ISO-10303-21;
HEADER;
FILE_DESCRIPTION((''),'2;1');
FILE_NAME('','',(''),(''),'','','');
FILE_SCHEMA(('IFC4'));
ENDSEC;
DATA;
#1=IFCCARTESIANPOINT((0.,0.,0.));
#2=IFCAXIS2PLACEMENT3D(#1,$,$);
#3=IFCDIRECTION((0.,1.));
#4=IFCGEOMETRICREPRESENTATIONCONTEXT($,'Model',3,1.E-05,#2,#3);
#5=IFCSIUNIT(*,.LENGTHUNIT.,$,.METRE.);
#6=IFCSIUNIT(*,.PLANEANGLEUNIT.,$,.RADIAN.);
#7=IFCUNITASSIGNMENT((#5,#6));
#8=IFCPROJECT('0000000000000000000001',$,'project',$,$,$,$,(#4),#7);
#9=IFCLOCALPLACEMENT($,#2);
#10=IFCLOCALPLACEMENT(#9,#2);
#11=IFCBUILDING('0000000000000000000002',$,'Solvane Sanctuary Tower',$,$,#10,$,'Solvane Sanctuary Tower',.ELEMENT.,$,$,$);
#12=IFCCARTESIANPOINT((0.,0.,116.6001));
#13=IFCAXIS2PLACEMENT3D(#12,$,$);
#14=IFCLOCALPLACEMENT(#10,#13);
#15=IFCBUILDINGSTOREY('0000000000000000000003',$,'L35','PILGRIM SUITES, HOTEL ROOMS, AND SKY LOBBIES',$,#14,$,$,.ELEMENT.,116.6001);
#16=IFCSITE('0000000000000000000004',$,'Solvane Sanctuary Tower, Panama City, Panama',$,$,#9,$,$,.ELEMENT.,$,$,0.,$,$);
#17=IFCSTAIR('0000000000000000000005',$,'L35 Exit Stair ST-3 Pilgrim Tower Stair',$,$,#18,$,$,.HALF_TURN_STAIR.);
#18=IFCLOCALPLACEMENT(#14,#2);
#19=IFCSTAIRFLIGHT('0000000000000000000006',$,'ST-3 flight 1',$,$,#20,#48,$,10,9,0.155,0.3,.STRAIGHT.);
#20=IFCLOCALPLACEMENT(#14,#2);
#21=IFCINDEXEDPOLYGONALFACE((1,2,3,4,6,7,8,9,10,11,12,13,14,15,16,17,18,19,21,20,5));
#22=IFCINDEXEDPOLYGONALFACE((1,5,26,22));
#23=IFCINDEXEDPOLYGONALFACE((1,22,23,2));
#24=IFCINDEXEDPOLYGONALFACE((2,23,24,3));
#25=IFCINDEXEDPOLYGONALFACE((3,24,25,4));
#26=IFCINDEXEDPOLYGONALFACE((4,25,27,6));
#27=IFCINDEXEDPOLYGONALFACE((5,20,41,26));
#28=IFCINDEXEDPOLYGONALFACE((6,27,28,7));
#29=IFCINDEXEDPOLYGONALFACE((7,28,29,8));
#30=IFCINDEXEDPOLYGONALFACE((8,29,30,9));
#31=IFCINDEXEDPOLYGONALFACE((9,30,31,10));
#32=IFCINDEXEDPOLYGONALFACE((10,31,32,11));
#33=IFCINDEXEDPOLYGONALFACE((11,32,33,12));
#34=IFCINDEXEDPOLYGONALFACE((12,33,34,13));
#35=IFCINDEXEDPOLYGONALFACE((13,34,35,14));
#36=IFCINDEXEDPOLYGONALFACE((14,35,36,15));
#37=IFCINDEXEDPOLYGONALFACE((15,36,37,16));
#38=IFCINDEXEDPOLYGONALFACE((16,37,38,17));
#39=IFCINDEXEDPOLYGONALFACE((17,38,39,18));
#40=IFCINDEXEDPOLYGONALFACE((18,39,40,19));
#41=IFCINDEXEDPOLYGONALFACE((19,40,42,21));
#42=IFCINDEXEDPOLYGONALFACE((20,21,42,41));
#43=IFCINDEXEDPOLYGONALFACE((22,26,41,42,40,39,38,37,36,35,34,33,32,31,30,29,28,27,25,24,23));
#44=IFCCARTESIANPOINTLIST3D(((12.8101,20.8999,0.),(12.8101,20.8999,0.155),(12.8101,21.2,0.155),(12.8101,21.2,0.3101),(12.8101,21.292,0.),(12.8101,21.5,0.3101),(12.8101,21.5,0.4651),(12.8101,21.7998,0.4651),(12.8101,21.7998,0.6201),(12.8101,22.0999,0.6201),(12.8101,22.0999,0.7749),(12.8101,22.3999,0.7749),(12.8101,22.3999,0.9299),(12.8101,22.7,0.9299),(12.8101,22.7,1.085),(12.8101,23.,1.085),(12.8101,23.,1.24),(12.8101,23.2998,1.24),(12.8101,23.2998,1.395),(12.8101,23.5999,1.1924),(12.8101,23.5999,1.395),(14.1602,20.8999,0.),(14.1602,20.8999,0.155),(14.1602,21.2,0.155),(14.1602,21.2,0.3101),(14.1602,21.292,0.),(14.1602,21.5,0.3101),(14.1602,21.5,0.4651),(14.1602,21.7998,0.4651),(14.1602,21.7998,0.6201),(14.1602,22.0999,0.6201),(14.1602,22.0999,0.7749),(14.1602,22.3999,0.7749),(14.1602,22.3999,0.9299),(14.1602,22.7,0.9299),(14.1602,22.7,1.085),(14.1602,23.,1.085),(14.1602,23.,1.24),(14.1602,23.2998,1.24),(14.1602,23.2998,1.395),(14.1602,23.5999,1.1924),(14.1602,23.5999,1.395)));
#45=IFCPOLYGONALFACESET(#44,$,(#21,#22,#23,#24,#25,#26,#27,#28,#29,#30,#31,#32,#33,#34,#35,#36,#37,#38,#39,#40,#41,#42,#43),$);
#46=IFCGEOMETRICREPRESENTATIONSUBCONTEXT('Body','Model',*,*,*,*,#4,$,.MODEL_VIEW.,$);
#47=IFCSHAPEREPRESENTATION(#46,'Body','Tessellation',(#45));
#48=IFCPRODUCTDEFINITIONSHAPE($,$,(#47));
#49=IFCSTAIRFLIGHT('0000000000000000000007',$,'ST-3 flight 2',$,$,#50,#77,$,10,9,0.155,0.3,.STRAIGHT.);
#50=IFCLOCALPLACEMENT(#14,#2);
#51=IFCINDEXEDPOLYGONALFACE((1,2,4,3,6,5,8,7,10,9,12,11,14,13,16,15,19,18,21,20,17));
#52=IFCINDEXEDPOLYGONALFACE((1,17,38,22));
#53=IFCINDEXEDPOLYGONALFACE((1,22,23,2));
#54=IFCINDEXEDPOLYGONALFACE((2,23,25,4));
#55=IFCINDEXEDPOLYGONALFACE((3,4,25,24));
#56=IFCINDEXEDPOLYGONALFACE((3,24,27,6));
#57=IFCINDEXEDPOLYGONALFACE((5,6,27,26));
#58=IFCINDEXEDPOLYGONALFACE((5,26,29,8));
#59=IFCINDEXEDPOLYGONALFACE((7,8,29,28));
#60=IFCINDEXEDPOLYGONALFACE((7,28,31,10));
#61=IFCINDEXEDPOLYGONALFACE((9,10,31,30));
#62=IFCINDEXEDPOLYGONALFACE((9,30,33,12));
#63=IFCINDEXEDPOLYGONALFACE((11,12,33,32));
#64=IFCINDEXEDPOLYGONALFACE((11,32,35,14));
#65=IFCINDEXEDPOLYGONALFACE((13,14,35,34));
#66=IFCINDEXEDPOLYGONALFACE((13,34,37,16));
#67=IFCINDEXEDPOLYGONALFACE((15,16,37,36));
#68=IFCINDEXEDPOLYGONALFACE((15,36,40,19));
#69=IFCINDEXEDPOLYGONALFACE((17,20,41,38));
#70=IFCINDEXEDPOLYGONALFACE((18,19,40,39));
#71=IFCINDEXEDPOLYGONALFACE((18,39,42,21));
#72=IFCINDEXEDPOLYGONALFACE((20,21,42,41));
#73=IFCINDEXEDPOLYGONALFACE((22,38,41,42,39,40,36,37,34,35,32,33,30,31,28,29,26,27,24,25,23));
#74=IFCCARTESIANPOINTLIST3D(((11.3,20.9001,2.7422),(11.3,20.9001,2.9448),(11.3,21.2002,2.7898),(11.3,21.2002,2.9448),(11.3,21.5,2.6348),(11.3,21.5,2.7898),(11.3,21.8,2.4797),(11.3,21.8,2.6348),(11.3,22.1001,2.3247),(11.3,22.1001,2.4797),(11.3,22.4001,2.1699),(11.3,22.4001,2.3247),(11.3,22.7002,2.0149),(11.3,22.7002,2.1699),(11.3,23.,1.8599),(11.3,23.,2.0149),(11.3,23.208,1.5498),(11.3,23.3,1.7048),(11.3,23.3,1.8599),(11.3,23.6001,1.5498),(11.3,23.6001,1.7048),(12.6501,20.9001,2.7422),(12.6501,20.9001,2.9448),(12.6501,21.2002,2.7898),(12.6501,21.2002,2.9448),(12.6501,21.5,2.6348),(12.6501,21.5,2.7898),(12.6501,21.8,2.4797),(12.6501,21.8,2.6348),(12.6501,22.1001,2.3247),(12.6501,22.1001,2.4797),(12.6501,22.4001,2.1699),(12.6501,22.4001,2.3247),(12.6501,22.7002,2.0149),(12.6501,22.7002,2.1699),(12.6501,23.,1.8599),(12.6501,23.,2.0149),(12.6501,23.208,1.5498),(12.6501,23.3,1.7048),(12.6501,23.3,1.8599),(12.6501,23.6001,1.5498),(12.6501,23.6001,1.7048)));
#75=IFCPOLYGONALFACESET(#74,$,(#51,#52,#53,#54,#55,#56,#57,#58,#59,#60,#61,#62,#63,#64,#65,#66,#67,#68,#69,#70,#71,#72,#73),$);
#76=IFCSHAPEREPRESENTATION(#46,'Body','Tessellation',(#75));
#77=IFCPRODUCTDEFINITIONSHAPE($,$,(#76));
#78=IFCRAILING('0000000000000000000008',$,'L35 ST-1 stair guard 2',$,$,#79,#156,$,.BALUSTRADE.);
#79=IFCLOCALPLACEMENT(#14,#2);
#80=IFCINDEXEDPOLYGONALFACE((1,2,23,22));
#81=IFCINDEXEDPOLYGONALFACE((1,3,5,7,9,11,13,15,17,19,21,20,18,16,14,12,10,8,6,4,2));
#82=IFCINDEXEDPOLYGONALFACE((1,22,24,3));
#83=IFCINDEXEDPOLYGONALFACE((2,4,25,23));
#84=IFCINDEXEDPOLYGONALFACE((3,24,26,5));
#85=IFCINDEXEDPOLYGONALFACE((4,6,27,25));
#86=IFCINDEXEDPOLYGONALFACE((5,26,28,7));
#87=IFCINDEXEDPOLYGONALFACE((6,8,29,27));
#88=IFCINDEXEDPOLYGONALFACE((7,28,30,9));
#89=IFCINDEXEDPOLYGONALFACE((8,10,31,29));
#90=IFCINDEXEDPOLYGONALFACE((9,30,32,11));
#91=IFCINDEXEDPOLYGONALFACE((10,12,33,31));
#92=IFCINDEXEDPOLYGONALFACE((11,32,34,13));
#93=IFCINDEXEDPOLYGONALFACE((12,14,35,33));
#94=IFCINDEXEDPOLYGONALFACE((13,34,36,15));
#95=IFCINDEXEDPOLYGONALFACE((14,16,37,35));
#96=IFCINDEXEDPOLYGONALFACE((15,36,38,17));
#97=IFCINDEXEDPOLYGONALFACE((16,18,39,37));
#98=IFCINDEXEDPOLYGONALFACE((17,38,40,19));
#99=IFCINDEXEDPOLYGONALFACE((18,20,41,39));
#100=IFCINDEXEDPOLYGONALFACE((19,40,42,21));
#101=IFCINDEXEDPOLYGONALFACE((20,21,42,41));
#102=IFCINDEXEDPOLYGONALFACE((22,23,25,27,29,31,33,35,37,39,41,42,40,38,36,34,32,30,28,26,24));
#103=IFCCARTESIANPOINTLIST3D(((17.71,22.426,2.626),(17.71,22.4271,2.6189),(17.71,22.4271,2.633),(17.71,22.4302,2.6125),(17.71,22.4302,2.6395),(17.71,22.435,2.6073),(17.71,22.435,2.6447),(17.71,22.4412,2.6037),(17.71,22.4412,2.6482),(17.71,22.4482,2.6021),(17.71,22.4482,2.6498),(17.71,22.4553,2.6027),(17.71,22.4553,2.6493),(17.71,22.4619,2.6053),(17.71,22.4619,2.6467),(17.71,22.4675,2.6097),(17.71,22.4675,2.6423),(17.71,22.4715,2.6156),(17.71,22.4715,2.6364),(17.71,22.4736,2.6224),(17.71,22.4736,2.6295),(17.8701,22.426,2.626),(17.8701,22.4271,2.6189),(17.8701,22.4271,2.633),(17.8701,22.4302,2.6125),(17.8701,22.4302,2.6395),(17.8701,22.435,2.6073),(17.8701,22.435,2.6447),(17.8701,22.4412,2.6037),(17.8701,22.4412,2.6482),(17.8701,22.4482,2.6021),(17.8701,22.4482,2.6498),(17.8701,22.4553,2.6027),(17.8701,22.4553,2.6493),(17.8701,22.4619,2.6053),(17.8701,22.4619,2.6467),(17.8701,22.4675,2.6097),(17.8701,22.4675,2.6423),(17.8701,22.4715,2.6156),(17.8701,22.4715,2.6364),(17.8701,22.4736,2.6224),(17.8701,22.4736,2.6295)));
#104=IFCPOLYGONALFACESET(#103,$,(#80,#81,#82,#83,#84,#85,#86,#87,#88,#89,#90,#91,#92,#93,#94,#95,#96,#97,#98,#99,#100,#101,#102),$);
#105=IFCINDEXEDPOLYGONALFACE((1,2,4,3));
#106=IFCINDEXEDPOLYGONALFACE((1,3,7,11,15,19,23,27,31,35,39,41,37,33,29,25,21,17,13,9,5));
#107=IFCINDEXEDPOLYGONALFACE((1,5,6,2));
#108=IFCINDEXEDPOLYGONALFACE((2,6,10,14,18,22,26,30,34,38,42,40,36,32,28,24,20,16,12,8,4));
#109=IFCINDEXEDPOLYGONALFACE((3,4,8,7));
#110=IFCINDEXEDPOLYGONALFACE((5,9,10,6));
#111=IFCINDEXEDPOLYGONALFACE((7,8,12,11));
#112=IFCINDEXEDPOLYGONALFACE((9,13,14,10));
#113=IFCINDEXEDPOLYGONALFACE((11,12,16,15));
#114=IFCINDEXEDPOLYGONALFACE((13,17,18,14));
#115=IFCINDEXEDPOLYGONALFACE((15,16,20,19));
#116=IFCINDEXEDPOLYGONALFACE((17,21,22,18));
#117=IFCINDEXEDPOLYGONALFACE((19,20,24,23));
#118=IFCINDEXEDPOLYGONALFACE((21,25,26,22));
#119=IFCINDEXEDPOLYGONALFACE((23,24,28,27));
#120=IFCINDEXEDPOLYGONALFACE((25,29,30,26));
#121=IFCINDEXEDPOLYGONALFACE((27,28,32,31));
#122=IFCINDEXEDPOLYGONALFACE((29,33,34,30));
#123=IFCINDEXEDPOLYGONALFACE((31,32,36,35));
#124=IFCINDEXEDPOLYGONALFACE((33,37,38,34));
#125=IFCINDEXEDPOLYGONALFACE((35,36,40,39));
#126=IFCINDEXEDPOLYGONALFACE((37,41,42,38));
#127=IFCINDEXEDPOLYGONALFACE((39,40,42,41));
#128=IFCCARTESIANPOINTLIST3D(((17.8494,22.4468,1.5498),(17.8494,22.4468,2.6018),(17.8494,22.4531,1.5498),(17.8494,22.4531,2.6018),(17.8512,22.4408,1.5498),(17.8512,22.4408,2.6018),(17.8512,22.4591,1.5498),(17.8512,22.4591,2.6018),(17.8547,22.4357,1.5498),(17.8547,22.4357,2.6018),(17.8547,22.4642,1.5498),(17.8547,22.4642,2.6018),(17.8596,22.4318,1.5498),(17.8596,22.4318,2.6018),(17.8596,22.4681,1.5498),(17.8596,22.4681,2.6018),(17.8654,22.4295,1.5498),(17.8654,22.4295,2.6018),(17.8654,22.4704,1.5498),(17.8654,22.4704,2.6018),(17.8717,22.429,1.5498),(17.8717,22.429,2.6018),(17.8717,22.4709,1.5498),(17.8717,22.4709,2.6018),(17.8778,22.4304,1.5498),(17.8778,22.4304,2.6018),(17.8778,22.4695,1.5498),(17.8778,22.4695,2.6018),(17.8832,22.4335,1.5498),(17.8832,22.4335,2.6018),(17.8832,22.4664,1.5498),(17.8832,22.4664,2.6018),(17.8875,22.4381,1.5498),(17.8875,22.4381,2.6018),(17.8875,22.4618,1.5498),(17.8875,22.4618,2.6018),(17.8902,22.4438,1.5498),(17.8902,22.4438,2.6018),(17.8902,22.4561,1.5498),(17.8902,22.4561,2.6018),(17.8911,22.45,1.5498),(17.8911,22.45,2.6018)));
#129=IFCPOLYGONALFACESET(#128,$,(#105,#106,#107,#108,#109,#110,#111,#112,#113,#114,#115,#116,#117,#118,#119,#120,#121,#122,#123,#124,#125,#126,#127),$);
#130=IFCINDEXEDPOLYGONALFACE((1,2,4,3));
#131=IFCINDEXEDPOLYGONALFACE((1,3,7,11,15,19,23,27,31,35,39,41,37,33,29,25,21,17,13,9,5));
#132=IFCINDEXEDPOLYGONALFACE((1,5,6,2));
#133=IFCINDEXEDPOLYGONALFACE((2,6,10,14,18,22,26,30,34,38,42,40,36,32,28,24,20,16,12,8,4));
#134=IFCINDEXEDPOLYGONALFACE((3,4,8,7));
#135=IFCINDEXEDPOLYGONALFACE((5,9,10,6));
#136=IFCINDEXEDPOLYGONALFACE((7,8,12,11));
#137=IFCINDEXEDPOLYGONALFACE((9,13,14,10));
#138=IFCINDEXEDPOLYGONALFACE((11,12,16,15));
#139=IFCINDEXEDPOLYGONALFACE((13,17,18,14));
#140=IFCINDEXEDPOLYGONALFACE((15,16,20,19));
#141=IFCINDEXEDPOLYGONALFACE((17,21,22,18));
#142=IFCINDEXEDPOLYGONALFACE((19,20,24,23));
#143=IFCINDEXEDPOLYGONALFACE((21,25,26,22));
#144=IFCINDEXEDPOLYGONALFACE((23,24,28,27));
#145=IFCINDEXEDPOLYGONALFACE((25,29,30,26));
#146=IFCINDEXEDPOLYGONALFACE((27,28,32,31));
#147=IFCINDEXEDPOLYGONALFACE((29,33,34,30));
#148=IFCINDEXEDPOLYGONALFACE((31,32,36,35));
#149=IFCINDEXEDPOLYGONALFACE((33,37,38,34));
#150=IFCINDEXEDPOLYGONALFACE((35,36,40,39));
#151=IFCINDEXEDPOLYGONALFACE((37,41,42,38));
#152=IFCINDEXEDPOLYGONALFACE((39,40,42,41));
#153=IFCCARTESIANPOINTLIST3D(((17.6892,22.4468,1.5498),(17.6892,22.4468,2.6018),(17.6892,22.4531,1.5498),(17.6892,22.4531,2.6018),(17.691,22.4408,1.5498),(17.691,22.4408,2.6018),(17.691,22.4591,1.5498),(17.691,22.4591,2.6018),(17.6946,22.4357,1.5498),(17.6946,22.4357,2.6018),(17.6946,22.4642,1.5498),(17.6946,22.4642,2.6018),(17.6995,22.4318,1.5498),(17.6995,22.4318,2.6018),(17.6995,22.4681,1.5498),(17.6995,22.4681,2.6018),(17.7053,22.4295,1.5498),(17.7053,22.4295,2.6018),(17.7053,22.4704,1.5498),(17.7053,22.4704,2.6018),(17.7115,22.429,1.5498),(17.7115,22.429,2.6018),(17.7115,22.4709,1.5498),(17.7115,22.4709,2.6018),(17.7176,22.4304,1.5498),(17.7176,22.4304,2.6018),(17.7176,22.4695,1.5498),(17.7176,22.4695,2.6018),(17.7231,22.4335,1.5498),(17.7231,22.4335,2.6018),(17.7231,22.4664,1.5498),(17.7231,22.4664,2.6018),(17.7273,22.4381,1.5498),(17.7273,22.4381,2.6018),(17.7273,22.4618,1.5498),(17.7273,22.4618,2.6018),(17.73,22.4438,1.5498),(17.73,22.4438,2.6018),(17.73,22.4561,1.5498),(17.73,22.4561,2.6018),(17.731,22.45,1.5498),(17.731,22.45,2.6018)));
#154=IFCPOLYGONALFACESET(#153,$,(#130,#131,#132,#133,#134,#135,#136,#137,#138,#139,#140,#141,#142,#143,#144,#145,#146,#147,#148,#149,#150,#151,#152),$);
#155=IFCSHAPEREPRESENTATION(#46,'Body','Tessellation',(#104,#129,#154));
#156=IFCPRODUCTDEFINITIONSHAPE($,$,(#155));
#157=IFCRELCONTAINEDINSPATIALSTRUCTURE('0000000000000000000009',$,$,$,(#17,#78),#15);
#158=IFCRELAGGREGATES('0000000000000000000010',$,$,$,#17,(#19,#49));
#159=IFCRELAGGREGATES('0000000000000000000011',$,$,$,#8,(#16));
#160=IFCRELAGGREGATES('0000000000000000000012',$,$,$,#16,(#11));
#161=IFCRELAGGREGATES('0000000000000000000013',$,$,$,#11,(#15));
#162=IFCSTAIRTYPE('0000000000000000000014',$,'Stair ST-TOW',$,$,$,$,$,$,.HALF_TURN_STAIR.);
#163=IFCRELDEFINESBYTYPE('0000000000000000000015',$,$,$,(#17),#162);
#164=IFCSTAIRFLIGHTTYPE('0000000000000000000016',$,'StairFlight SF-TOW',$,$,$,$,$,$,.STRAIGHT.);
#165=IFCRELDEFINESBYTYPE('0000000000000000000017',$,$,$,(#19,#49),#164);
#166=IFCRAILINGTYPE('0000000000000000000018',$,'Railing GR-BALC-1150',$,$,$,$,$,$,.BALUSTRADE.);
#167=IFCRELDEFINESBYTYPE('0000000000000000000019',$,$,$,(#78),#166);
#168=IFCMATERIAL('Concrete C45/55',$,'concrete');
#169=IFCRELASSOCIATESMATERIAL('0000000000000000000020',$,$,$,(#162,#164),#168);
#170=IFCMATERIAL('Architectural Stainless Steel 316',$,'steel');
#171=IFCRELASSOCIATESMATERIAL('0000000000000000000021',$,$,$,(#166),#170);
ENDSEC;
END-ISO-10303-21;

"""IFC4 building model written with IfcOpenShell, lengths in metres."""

from ifc_helpers import new_model, si_unit, direction, frame, origin, origin_2d, place, context, subcontext, project, spatial, polyline, circle, outline, extrude, material, type_object, element, aggregate, save


model = new_model("IFC4")

# Units and contexts
model_context = context("Model", 3, precision=1e-05, world=origin(), true_north=direction((0.0, 1.0)))
body_context = subcontext(model_context, "Body", "Model", "MODEL_VIEW")
ifc_project = project(units=[si_unit("LENGTHUNIT", "METRE"), si_unit("PLANEANGLEUNIT", "RADIAN")], contexts=[model_context])

# Site, building, storey
site_placement = place(None, origin())
site = spatial("IfcSite", under=ifc_project, at=site_placement, Name="Solvane Sanctuary Tower, Panama City, Panama", CompositionType="ELEMENT", RefElevation=0.0)
building_placement = place(site_placement, origin())
building = spatial("IfcBuilding", under=site, at=building_placement, Name="Solvane Sanctuary Tower", LongName="Solvane Sanctuary Tower", CompositionType="ELEMENT")
storey_placement = place(building_placement, frame((0.0, 0.0, 116.6001)))
storey = spatial("IfcBuildingStorey", under=building, at=storey_placement, Name="L35", Description="PILGRIM SUITES, HOTEL ROOMS, AND SKY LOBBIES", CompositionType="ELEMENT", Elevation=116.6001)

# Shared definitions
ifc_material_1 = material(Name="Concrete C45/55", Category="concrete")
stair_type = type_object("IfcStairType", Name="Stair ST-TOW", PredefinedType="HALF_TURN_STAIR", material=ifc_material_1)
stair_flight_type = type_object("IfcStairFlightType", Name="StairFlight SF-TOW", PredefinedType="STRAIGHT", material=ifc_material_1)

# Stair, stair flights
stair_1_placement = place(storey_placement, origin())
stair_1 = element("IfcStair", 1, at=stair_1_placement, inside=storey, type_object=stair_type, Name="L35 Exit Stair ST-3 Pilgrim Tower Stair", PredefinedType="HALF_TURN_STAIR")
stair_flight_1_placement = place(storey_placement, frame((13.4851, 20.8999, 0.0), z_axis=(0.0, 0.0, 1.0), x_axis=(0.0, 1.0, 0.0)))
stair_flight_1 = element("IfcStairFlight", 2, at=stair_flight_1_placement, type_object=stair_flight_type, Name="ST-3 flight 1", NumberOfRisers=10, NumberOfTreads=9, PredefinedType="STRAIGHT", RiserHeight=0.155, TreadLength=0.3, context=body_context, shape_type="SweptSolid", body=[
    extrude(outline(polyline([(0.0, 0.0), (0.0, 0.155), (0.3, 0.155), (0.3, 0.3101), (0.6001, 0.3101), (0.6001, 0.4651), (0.8999, 0.4651), (0.8999, 0.6201), (1.2, 0.6201), (1.2, 0.7749), (1.5, 0.7749), (1.5, 0.9299), (1.8, 0.9299), (1.8, 1.085), (2.1001, 1.085), (2.1001, 1.24), (2.3999, 1.24), (2.3999, 1.395), (2.7, 1.395), (2.7, 1.55), (2.7, 1.1924), (0.3921, 0.0), (0.0, 0.0)])), frame((0.0, 0.675, 0.0), z_axis=(0.0, -1.0, 0.0), x_axis=(1.0, 0.0, 0.0)), (0.0, 0.0, 1.0), 1.3501),
])
stair_flight_2_placement = place(storey_placement, frame((11.9751, 23.6001, 1.5498), z_axis=(0.0, 0.0, 1.0), x_axis=(0.0, -1.0, 0.0)))
stair_flight_2 = element("IfcStairFlight", 3, at=stair_flight_2_placement, type_object=stair_flight_type, Name="ST-3 flight 2", NumberOfRisers=10, NumberOfTreads=9, PredefinedType="STRAIGHT", RiserHeight=0.155, TreadLength=0.3, context=body_context, shape_type="SweptSolid", body=[
    extrude(outline(polyline([(0.0, 0.0), (0.0, 0.155), (0.3, 0.155), (0.3, 0.3101), (0.6001, 0.3101), (0.6001, 0.4651), (0.8999, 0.4651), (0.8999, 0.6201), (1.2, 0.6201), (1.2, 0.7749), (1.5, 0.7749), (1.5, 0.9299), (1.8, 0.9299), (1.8, 1.085), (2.1001, 1.085), (2.1001, 1.24), (2.3999, 1.24), (2.3999, 1.395), (2.7, 1.395), (2.7, 1.55), (2.7, 1.1924), (0.3921, 0.0), (0.0, 0.0)])), frame((0.0, 0.675, 0.0), z_axis=(0.0, -1.0, 0.0), x_axis=(1.0, 0.0, 0.0)), (0.0, 0.0, 1.0), 1.3501),
])
aggregate(stair_1, [stair_flight_1, stair_flight_2])

# Railing
ifc_material_2 = material(Name="Architectural Stainless Steel 316", Category="steel")
railing_type_1 = type_object("IfcRailingType", Name="Railing GR-BALC-1150", PredefinedType="BALUSTRADE", material=ifc_material_2)
railing_1_placement = place(storey_placement, frame((17.8701, 22.45, 1.5498)))
element("IfcRailing", 4, at=railing_1_placement, inside=storey, type_object=railing_type_1, Name="L35 ST-1 stair guard 2", PredefinedType="BALUSTRADE", context=body_context, shape_type="SweptSolid", body=[
    extrude(circle(Radius=0.0239, at=origin_2d()), frame((0.0, 0.0, 1.0762), z_axis=(-1.0, 0.0, 0.0), x_axis=(0.0, -1.0, 0.0)), (0.0, 0.0, 1.0), 0.1602),
    extrude(circle(Radius=0.021, at=origin_2d()), origin(), (0.0, 0.0, 1.0), 1.052),
    extrude(circle(Radius=0.021, at=origin_2d()), frame((-0.1602, 0.0, 0.0)), (0.0, 0.0, 1.0), 1.052),
])

save(model, "model.ifc")
